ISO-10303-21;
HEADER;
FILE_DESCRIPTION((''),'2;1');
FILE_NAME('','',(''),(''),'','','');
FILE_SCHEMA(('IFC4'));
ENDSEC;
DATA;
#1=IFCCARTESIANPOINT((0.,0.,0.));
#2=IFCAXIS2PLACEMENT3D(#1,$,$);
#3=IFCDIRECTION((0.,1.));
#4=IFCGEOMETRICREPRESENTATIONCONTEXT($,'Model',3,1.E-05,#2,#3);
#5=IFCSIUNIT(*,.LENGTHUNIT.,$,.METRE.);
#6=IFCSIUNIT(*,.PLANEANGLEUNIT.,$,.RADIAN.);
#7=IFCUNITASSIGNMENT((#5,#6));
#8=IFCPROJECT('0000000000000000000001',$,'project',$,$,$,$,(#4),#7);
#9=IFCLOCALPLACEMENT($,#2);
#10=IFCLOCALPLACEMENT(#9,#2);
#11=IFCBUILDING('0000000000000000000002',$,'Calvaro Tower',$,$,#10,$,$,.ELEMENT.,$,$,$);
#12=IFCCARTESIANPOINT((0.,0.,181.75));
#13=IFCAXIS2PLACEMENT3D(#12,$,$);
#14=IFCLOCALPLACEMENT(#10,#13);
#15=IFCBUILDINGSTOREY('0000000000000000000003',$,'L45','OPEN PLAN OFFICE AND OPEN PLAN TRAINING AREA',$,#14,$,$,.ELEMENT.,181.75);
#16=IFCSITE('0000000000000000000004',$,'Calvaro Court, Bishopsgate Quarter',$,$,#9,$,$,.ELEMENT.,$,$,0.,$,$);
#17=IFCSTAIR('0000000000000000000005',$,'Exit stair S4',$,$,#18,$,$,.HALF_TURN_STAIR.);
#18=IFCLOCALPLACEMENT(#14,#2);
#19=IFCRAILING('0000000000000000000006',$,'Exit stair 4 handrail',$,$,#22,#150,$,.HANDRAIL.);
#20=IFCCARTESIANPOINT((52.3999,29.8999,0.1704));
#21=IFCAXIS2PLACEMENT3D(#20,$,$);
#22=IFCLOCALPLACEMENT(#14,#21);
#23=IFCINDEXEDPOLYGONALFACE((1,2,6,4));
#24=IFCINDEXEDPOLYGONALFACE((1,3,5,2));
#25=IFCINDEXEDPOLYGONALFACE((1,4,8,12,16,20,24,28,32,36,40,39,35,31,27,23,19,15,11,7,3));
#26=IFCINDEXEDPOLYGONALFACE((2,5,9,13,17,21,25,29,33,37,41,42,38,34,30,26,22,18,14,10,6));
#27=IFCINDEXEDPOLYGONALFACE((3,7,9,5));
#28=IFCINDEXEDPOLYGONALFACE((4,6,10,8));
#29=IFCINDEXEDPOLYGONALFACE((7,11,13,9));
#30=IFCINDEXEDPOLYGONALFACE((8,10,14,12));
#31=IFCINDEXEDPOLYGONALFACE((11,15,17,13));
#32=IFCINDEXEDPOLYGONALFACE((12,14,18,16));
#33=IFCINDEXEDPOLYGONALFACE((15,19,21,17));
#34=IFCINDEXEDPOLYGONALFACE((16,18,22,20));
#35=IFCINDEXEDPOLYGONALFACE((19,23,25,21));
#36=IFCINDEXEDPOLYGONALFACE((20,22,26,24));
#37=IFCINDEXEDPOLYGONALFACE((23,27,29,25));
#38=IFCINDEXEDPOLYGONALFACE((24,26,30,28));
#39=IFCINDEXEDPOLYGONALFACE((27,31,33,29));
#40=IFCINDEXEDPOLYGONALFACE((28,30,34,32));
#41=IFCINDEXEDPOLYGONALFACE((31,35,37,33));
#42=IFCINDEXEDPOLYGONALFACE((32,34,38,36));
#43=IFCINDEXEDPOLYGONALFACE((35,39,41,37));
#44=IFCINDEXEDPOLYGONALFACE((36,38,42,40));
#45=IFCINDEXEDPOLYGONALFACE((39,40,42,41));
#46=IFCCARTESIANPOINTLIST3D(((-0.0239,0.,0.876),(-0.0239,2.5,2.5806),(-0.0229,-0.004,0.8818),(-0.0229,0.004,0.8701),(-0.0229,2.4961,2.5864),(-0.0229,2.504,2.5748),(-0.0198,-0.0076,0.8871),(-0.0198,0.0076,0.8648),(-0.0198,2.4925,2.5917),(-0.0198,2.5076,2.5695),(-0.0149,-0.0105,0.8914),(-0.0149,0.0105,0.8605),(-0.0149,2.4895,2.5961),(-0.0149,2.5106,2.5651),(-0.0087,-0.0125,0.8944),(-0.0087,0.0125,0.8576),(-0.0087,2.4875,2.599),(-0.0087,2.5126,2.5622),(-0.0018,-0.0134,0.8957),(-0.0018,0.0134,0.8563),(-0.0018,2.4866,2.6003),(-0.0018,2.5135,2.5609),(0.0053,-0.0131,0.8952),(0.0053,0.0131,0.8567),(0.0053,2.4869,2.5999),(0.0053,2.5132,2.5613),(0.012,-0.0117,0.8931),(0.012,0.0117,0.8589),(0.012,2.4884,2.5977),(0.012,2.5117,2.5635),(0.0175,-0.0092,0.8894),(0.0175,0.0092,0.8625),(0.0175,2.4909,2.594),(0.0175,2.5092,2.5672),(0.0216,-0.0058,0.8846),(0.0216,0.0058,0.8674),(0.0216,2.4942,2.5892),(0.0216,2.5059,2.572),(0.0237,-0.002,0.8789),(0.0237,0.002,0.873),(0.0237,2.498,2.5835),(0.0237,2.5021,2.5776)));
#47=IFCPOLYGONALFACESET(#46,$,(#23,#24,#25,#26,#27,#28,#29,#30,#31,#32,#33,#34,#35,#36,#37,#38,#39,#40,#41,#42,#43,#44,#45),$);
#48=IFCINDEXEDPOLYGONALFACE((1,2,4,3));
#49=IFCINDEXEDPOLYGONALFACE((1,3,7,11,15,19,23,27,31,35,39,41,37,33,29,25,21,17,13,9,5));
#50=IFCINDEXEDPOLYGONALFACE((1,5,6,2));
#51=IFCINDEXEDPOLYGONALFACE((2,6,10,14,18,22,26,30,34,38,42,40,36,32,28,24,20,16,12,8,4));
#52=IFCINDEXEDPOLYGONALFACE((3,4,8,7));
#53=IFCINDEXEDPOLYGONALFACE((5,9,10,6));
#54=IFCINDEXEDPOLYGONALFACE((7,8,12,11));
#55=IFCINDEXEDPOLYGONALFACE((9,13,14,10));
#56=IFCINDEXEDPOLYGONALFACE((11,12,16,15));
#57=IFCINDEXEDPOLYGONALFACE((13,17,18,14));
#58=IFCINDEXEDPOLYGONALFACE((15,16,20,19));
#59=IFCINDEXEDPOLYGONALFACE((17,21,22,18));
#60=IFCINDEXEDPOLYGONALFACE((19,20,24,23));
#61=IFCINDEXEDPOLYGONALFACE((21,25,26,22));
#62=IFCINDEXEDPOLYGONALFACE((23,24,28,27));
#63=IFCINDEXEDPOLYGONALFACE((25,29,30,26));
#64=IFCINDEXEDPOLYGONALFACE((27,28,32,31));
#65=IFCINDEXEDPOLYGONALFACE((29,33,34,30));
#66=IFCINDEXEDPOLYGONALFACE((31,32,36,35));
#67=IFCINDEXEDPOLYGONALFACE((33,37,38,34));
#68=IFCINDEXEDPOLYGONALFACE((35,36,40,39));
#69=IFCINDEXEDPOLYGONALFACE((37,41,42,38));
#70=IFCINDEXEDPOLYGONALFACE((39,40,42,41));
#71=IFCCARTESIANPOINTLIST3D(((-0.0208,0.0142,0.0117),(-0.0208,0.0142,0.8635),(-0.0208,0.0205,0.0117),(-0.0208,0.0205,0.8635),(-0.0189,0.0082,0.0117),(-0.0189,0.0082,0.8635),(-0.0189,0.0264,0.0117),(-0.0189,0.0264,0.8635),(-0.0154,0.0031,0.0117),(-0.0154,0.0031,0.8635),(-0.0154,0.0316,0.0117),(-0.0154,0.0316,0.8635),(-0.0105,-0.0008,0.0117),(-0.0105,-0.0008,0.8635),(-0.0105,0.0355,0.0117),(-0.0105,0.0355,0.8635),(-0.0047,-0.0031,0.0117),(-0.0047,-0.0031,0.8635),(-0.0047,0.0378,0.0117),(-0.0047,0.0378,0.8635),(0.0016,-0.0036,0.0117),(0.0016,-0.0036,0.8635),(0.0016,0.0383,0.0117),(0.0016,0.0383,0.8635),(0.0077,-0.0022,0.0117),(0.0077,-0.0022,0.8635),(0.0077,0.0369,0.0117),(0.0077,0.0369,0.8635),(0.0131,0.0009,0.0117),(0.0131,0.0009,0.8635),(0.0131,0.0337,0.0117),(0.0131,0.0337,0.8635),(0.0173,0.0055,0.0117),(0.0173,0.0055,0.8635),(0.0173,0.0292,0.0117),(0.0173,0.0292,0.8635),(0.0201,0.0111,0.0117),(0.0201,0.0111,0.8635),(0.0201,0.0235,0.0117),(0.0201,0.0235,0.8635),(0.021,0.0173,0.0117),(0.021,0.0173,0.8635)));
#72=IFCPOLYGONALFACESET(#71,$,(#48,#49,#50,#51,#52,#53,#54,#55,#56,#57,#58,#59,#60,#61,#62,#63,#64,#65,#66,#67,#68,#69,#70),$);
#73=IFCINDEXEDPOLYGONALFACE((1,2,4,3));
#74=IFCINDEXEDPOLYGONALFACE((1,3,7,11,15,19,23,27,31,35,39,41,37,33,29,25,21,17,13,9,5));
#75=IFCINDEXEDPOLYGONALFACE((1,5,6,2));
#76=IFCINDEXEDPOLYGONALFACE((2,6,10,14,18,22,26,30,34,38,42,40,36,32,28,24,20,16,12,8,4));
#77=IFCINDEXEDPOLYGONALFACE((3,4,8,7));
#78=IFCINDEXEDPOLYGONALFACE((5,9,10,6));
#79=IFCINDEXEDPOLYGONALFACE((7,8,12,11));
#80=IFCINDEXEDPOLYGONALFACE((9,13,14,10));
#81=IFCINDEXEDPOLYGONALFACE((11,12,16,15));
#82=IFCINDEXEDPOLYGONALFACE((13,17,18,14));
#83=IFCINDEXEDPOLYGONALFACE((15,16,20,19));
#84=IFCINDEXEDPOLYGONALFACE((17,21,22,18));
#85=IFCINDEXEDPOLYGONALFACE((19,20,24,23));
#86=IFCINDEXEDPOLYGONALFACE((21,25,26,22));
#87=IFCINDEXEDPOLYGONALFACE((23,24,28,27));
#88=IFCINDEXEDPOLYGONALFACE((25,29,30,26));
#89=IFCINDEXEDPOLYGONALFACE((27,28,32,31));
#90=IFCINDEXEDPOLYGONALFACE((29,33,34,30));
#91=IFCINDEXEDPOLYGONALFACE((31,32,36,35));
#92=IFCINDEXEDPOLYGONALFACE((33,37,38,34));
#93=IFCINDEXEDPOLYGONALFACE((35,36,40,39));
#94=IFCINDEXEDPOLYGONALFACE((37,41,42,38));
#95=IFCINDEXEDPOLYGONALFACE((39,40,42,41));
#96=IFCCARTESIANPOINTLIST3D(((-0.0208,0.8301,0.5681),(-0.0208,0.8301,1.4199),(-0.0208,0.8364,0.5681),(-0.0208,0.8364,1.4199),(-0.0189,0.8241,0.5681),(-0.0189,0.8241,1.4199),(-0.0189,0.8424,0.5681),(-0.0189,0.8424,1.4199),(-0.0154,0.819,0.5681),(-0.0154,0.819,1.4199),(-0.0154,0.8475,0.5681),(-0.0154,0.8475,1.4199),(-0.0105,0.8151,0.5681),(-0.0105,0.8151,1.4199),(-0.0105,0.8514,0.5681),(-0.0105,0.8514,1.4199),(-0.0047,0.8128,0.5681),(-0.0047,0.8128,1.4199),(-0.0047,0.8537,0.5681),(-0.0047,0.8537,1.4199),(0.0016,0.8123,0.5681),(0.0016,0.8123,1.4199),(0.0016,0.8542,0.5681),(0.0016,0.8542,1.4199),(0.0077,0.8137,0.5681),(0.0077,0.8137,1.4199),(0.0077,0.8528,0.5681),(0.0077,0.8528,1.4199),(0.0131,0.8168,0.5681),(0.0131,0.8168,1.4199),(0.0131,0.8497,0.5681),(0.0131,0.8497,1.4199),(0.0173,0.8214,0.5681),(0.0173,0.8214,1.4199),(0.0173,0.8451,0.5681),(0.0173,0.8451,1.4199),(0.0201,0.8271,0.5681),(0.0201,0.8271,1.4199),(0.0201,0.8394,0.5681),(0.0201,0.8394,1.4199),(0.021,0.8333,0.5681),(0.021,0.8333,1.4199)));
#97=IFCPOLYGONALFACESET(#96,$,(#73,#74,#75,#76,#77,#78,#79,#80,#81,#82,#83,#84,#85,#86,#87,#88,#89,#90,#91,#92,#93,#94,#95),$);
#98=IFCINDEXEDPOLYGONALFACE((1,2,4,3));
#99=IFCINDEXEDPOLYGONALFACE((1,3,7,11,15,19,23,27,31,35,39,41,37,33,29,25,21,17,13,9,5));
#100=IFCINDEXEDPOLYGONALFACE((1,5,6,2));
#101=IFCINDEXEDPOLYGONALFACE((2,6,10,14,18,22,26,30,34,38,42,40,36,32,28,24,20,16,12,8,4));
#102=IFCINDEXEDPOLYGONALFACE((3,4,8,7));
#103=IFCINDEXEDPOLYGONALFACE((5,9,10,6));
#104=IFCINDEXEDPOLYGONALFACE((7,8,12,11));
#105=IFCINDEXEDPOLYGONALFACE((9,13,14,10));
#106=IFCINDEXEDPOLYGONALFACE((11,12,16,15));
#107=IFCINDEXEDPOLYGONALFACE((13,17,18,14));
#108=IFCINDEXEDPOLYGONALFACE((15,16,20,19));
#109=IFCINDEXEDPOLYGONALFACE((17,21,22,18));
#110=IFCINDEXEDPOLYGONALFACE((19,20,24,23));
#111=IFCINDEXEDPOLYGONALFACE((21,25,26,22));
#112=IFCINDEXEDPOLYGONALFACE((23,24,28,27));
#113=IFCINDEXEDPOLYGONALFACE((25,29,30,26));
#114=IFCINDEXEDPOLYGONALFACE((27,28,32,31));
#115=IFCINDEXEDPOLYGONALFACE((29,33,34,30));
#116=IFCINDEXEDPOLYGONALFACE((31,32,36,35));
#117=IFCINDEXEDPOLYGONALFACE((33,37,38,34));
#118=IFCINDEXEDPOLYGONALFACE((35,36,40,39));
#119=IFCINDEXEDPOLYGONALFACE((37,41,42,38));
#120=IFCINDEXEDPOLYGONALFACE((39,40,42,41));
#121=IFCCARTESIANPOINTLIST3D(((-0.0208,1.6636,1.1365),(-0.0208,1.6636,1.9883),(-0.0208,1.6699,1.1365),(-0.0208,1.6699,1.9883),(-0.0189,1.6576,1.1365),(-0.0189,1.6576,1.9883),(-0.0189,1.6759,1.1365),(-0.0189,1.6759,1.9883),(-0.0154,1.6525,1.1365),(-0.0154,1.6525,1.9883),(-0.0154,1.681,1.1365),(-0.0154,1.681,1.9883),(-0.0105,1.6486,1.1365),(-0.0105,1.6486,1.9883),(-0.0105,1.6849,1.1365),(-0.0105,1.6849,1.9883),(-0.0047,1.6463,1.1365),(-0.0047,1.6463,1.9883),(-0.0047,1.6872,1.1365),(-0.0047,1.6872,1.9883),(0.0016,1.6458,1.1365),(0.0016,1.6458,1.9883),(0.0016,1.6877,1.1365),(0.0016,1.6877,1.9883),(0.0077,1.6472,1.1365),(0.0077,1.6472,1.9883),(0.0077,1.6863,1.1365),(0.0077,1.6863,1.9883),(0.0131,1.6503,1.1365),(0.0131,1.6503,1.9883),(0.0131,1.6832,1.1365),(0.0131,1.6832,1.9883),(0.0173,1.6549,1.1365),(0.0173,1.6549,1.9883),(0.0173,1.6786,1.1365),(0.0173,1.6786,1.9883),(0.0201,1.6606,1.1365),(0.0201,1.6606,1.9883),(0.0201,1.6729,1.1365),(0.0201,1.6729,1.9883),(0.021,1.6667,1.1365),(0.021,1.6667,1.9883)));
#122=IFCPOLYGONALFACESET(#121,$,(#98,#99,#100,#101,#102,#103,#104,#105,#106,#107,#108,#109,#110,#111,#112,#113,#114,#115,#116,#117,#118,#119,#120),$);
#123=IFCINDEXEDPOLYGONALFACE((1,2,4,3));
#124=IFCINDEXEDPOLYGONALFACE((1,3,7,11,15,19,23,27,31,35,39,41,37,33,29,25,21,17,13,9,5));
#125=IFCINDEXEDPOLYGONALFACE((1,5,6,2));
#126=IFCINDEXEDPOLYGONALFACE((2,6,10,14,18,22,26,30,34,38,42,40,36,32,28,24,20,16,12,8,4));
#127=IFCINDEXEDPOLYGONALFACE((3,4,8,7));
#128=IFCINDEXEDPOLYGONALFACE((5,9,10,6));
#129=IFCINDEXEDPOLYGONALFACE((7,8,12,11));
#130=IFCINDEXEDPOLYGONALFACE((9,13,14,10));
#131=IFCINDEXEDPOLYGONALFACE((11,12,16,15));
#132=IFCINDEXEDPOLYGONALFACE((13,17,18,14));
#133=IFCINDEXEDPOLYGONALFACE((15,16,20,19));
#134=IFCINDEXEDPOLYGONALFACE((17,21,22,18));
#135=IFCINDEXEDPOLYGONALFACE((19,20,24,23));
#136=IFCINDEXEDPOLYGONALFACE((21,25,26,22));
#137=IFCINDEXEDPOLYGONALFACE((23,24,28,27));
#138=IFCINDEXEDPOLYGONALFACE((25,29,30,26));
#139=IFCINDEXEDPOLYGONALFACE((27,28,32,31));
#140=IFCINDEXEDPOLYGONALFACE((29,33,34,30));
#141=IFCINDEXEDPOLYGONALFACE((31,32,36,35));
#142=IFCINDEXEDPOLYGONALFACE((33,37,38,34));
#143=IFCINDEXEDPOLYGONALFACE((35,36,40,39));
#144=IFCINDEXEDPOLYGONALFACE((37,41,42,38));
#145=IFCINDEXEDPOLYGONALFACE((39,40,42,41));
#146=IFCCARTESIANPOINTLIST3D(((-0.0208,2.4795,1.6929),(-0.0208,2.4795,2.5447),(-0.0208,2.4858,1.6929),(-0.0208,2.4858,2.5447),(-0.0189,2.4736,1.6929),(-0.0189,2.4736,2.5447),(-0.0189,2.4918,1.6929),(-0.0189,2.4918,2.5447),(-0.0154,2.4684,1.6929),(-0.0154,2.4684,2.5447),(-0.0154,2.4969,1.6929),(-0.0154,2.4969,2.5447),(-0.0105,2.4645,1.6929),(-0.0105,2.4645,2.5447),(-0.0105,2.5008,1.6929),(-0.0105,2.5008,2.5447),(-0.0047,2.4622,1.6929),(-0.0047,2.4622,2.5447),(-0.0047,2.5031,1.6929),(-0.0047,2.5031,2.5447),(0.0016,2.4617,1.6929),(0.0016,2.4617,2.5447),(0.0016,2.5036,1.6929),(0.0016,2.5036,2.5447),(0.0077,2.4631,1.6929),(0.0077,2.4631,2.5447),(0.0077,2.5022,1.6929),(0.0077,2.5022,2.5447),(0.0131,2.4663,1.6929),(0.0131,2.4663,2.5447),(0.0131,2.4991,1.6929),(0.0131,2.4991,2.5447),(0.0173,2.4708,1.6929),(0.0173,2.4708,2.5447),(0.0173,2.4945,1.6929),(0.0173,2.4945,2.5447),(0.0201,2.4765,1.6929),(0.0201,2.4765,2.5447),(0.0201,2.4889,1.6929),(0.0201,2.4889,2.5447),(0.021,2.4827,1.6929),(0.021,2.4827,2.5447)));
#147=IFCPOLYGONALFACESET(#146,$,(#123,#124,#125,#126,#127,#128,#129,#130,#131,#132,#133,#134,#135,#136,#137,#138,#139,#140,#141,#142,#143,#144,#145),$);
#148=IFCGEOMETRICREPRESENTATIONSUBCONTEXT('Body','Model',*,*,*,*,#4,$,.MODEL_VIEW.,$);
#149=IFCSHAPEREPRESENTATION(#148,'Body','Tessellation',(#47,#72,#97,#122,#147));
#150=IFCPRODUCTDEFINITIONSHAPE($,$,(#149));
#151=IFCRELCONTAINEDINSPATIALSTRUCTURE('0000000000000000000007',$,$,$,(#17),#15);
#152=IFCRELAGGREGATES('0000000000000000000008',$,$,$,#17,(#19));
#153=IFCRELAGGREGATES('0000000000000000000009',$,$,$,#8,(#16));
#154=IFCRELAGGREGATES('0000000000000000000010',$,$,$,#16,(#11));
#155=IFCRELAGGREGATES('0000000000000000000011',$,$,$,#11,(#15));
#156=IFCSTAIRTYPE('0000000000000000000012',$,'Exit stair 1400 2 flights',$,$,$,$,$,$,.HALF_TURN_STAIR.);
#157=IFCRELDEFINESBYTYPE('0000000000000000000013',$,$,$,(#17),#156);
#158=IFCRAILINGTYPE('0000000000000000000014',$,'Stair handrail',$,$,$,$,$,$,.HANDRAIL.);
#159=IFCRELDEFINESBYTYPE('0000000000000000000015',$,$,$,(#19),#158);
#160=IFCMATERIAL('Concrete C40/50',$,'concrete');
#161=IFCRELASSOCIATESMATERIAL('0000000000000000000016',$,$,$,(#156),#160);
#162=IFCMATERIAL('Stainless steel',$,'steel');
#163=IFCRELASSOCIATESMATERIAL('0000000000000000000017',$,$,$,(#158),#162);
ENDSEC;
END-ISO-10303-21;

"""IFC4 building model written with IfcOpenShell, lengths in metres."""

from ifc_helpers import new_model, si_unit, direction, frame, origin, origin_2d, place, context, subcontext, project, spatial, circle, extrude, material, type_object, element, aggregate, save


model = new_model("IFC4")

# Units and contexts
model_context = context("Model", 3, precision=1e-05, world=origin(), true_north=direction((0.0, 1.0)))
body_context = subcontext(model_context, "Body", "Model", "MODEL_VIEW")
ifc_project = project(units=[si_unit("LENGTHUNIT", "METRE"), si_unit("PLANEANGLEUNIT", "RADIAN")], contexts=[model_context])

# Site, building, storey
site_placement = place(None, origin())
site = spatial("IfcSite", under=ifc_project, at=site_placement, Name="Calvaro Court, Bishopsgate Quarter", CompositionType="ELEMENT", RefElevation=0.0)
building_placement = place(site_placement, origin())
building = spatial("IfcBuilding", under=site, at=building_placement, Name="Calvaro Tower", CompositionType="ELEMENT")
storey_placement = place(building_placement, frame((0.0, 0.0, 181.75)))
storey = spatial("IfcBuildingStorey", under=building, at=storey_placement, Name="L45", Description="OPEN PLAN OFFICE AND OPEN PLAN TRAINING AREA", CompositionType="ELEMENT", Elevation=181.75)

# Stair
ifc_material_1 = material(Name="Concrete C40/50", Category="concrete")
stair_type = type_object("IfcStairType", Name="Exit stair 1400 2 flights", PredefinedType="HALF_TURN_STAIR", material=ifc_material_1)
stair_1_placement = place(storey_placement, origin())
stair_1 = element("IfcStair", 1, at=stair_1_placement, inside=storey, type_object=stair_type, Name="Exit stair S4", PredefinedType="HALF_TURN_STAIR")

# Railing
ifc_material_2 = material(Name="Stainless steel", Category="steel")
railing_type = type_object("IfcRailingType", Name="Stair handrail", PredefinedType="HANDRAIL", material=ifc_material_2)
railing_1_placement = place(storey_placement, frame((52.3999, 29.8999, 0.1704)))
railing_1 = element("IfcRailing", 2, at=railing_1_placement, type_object=railing_type, Name="Exit stair 4 handrail", PredefinedType="HANDRAIL", context=body_context, shape_type="SweptSolid", body=[
    extrude(circle(Radius=0.0239, at=origin_2d()), frame((0.0, 0.0, 0.876), z_axis=(0.0, 0.826221, 0.563347), x_axis=(-1.0, 0.0, 0.0)), (0.0, 0.0, 1.0), 3.0259),
    extrude(circle(Radius=0.021, at=origin_2d()), frame((0.0, 0.0173, 0.0117)), (0.0, 0.0, 1.0), 0.8518),
    extrude(circle(Radius=0.021, at=origin_2d()), frame((0.0, 0.8333, 0.5681)), (0.0, 0.0, 1.0), 0.8518),
    extrude(circle(Radius=0.021, at=origin_2d()), frame((0.0, 1.6667, 1.1365)), (0.0, 0.0, 1.0), 0.8518),
    extrude(circle(Radius=0.021, at=origin_2d()), frame((0.0, 2.4827, 1.6929)), (0.0, 0.0, 1.0), 0.8518),
])
aggregate(stair_1, [railing_1])

save(model, "model.ifc")
